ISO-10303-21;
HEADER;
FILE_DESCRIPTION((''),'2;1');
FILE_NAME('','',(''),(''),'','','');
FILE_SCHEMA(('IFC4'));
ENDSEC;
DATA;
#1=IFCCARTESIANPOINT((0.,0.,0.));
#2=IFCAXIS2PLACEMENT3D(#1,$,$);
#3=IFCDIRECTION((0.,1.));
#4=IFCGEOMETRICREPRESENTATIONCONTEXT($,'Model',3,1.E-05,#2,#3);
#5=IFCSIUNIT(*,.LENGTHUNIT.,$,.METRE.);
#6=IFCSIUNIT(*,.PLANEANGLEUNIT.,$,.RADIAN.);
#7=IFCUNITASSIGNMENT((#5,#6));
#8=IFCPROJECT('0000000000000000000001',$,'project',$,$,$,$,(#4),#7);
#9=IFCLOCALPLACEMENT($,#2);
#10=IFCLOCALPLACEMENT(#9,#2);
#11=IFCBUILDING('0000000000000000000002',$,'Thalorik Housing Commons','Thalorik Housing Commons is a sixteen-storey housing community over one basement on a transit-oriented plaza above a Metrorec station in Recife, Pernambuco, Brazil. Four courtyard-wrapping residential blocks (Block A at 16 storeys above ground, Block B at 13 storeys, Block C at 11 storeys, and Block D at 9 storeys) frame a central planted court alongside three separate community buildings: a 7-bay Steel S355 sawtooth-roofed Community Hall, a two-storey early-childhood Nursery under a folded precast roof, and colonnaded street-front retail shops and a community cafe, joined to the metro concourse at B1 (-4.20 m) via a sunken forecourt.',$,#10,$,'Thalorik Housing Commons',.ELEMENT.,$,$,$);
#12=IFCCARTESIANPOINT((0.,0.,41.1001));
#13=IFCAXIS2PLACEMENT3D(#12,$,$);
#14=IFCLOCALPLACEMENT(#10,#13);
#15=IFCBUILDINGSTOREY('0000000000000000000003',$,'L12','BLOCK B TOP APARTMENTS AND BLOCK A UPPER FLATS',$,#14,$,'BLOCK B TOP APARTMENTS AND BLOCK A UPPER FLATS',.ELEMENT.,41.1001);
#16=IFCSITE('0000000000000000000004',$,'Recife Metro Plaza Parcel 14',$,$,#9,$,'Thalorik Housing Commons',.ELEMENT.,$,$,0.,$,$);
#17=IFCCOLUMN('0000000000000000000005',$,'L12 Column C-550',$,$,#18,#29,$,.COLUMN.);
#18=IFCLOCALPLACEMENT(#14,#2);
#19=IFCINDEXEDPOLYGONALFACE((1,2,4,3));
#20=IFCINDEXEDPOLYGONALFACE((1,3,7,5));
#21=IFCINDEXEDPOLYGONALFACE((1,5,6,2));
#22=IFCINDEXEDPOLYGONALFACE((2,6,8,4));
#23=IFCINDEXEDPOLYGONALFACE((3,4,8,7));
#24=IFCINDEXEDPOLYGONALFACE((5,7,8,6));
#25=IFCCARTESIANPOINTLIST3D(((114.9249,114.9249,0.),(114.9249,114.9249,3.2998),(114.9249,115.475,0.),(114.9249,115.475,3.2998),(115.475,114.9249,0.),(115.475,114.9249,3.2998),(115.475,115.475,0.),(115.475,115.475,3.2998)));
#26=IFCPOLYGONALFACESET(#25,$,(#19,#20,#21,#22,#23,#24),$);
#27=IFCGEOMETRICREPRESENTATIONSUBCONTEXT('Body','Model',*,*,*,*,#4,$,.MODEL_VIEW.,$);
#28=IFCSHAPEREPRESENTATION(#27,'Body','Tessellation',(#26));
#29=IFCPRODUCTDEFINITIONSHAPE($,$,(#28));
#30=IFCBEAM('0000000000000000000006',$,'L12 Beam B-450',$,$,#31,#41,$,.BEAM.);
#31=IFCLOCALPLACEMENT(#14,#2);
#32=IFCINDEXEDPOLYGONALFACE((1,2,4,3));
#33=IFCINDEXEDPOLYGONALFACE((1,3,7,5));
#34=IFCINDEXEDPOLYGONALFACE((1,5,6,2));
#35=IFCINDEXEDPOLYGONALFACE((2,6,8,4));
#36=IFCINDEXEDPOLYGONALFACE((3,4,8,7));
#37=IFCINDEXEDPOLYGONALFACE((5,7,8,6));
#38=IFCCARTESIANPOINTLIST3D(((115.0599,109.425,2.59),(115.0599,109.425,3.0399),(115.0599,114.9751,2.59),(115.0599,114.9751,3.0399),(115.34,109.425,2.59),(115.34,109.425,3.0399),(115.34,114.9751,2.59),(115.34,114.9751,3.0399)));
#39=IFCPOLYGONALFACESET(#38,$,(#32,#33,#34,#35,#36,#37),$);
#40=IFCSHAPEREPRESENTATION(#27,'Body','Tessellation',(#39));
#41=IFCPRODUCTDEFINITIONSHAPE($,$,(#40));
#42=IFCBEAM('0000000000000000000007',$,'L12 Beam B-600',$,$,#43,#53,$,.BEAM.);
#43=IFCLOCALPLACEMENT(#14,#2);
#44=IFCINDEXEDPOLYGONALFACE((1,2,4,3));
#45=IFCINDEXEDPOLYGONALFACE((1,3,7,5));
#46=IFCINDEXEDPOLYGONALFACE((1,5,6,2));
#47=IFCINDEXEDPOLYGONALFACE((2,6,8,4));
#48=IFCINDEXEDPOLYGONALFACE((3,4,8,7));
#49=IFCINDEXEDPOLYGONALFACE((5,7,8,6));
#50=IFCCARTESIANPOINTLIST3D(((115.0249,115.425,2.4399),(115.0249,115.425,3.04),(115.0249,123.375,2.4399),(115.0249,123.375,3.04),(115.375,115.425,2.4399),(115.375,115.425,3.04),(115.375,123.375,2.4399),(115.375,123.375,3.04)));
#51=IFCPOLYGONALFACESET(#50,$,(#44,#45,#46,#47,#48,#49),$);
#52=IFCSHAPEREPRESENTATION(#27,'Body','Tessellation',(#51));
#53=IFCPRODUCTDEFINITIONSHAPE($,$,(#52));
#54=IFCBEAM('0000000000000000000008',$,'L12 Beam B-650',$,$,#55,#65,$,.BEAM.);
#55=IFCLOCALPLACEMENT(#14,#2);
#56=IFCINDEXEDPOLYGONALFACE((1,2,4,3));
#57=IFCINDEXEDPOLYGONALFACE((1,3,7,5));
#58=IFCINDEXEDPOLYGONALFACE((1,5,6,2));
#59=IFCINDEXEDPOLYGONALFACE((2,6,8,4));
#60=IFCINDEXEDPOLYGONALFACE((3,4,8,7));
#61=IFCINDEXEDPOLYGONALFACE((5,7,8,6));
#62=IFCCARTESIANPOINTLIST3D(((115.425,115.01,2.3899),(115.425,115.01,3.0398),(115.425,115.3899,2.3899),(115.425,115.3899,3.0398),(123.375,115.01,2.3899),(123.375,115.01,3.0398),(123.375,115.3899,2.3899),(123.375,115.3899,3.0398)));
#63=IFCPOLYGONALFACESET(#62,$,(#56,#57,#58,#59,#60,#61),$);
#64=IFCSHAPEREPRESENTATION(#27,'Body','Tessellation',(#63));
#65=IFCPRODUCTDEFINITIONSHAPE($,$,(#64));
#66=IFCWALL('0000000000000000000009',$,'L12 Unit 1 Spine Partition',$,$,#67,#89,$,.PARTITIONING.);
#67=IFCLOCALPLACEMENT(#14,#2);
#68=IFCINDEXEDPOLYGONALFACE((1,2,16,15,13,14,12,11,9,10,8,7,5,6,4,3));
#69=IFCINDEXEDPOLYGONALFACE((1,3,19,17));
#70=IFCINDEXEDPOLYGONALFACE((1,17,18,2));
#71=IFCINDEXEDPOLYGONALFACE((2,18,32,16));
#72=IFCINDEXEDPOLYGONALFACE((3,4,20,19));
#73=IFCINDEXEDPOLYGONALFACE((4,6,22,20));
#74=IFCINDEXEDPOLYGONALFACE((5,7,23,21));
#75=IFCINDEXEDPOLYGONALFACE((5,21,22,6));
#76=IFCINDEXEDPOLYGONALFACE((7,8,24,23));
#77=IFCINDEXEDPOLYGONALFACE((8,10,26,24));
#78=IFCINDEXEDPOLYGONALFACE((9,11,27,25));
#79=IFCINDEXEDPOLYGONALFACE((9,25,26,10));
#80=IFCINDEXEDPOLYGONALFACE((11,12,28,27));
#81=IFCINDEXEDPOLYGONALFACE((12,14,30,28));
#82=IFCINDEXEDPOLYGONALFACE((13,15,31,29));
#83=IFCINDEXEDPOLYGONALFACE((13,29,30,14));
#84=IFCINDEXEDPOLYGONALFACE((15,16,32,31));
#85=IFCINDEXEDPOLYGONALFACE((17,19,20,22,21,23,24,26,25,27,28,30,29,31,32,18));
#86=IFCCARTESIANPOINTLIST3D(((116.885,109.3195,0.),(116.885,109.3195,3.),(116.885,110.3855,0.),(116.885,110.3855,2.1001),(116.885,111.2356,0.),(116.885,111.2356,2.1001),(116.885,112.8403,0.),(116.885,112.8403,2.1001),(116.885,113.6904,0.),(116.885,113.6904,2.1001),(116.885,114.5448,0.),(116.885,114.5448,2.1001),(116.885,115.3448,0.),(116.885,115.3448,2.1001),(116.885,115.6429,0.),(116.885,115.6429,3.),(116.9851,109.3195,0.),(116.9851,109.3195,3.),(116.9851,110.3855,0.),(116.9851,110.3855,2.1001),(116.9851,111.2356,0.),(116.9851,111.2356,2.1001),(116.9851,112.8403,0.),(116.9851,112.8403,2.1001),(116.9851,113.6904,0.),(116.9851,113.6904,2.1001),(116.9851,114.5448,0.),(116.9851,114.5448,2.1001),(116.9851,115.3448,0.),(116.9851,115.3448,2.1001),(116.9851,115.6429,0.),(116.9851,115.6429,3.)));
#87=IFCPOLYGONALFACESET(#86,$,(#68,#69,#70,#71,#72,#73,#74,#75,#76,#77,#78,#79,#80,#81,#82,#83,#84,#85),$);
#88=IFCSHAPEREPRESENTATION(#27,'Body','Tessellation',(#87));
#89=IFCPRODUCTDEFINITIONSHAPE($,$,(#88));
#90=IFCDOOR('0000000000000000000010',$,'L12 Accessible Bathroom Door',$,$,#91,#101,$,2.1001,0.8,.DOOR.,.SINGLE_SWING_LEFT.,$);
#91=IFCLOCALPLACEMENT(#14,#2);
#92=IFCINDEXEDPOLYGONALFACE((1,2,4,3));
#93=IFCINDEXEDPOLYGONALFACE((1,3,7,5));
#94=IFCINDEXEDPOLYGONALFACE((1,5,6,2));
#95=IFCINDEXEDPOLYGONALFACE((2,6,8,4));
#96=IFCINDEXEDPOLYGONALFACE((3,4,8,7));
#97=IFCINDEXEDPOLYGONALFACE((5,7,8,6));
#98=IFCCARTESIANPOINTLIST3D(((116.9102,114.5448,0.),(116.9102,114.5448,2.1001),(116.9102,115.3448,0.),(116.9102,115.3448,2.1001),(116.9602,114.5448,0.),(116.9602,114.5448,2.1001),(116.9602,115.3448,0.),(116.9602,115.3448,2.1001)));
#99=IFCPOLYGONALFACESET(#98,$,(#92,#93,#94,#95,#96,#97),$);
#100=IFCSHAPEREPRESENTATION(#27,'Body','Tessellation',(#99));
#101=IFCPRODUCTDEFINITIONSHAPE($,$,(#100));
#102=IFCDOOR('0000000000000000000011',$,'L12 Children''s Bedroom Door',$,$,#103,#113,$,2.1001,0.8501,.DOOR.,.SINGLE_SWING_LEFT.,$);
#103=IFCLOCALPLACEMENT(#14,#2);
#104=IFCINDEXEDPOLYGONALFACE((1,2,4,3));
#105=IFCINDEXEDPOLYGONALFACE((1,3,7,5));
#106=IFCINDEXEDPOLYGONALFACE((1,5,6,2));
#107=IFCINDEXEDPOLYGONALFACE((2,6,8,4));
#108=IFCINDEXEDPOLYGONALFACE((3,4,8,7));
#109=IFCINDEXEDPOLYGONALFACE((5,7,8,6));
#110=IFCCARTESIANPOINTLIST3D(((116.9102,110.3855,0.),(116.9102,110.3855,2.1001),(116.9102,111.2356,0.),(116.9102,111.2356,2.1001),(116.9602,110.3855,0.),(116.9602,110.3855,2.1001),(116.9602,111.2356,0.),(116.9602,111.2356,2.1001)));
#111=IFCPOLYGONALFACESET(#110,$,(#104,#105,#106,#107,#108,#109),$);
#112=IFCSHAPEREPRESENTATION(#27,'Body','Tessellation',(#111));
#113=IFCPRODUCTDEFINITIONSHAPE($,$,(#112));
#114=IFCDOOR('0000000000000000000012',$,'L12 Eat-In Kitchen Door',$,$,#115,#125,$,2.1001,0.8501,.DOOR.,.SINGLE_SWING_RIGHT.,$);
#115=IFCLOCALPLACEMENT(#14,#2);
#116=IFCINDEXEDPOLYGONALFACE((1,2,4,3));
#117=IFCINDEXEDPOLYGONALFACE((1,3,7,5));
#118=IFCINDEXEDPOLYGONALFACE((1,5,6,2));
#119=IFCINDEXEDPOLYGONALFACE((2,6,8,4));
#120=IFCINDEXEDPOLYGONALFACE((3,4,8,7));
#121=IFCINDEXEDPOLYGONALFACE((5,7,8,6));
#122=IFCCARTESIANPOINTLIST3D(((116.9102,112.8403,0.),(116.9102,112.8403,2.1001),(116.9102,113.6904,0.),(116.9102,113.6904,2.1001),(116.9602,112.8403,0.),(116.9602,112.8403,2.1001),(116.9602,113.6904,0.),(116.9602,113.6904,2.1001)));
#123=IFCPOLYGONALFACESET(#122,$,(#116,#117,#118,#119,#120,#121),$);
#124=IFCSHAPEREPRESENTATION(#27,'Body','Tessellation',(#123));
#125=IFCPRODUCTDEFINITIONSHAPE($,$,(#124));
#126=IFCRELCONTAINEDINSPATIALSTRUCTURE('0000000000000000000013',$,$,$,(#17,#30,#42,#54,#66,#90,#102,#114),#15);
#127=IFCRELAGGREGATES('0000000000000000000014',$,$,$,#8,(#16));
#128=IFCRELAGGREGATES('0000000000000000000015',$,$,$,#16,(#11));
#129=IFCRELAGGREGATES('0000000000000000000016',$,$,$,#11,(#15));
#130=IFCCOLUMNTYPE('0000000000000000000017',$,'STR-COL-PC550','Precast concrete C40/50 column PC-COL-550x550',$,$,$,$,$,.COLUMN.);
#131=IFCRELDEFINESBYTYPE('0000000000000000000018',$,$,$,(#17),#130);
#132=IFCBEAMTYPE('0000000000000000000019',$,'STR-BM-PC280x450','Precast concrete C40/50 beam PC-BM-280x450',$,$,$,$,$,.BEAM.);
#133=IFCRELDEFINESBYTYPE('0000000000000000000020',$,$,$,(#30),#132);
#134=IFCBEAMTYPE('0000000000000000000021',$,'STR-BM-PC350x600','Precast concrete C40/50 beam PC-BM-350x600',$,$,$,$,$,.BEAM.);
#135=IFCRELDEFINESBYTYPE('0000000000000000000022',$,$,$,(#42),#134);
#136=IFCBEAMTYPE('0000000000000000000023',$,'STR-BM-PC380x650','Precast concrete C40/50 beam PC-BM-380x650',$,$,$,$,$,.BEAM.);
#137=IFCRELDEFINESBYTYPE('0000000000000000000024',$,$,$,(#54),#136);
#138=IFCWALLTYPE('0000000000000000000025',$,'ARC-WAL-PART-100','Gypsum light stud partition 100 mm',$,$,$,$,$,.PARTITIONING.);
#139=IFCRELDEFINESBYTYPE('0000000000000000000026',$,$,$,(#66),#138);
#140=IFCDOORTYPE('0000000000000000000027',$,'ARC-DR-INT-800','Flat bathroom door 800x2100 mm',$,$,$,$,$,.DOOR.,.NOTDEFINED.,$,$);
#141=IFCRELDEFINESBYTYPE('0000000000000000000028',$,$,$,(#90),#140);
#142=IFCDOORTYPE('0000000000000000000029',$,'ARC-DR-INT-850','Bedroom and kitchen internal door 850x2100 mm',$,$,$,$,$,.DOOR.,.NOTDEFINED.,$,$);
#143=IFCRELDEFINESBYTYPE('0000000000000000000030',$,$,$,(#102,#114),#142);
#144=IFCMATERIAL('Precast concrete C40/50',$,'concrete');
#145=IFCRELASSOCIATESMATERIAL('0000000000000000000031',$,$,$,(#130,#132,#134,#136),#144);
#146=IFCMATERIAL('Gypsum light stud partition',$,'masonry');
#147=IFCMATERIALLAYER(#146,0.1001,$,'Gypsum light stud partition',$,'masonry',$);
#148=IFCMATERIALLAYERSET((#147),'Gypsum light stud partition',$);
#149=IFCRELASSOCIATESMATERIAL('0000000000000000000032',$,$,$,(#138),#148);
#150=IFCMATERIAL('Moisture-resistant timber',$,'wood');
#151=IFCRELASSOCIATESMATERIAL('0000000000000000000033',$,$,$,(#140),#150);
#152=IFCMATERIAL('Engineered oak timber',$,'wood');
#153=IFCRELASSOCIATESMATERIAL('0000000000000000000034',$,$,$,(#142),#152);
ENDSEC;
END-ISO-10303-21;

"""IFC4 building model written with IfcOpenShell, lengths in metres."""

from ifc_helpers import new_model, si_unit, direction, frame, frame_2d, origin, origin_2d, place, context, subcontext, project, spatial, rectangle, extrude, material, layer, layer_set, material_profile, profile_set, type_object, element, fill, save


model = new_model("IFC4")

# Units and contexts
model_context = context("Model", 3, precision=1e-05, world=origin(), true_north=direction((0.0, 1.0)))
body_context = subcontext(model_context, "Body", "Model", "MODEL_VIEW")
ifc_project = project(units=[si_unit("LENGTHUNIT", "METRE"), si_unit("PLANEANGLEUNIT", "RADIAN")], contexts=[model_context])

# Site, building, storey
site_placement = place(None, origin())
site = spatial("IfcSite", under=ifc_project, at=site_placement, Name="Recife Metro Plaza Parcel 14", LongName="Thalorik Housing Commons", CompositionType="ELEMENT", RefElevation=0.0)
building_placement = place(site_placement, origin())
building = spatial("IfcBuilding", under=site, at=building_placement, Name="Thalorik Housing Commons", Description="Thalorik Housing Commons is a sixteen-storey housing community over one basement on a transit-oriented plaza above a Metrorec station in Recife, Pernambuco, Brazil. Four courtyard-wrapping residential blocks (Block A at 16 storeys above ground, Block B at 13 storeys, Block C at 11 storeys, and Block D at 9 storeys) frame a central planted court alongside three separate community buildings: a 7-bay Steel S355 sawtooth-roofed Community Hall, a two-storey early-childhood Nursery under a folded precast roof, and colonnaded street-front retail shops and a community cafe, joined to the metro concourse at B1 (-4.20 m) via a sunken forecourt.", LongName="Thalorik Housing Commons", CompositionType="ELEMENT")
storey_placement = place(building_placement, frame((0.0, 0.0, 41.1001)))
storey = spatial("IfcBuildingStorey", under=building, at=storey_placement, Name="L12", Description="BLOCK B TOP APARTMENTS AND BLOCK A UPPER FLATS", LongName="BLOCK B TOP APARTMENTS AND BLOCK A UPPER FLATS", CompositionType="ELEMENT", Elevation=41.1001)

# Column
ifc_material_1 = material(Name="Precast concrete C40/50", Category="concrete")
ifc_material_profile_1 = material_profile(ifc_material_1, rectangle(XDim=0.55, YDim=0.55, at=origin_2d()), Name="PC 550x550", Category="concrete")
ifc_profile_set_1 = profile_set([ifc_material_profile_1], Name="Precast concrete C40/50")
column_type = type_object("IfcColumnType", Name="STR-COL-PC550", Description="Precast concrete C40/50 column PC-COL-550x550", PredefinedType="COLUMN", material=ifc_profile_set_1)
column_placement = place(storey_placement, frame((115.2, 115.2, 0.0), z_axis=(0.0, 0.0, 1.0), x_axis=(1.0, 0.0, 0.0)))
element("IfcColumn", 1, at=column_placement, inside=storey, type_object=column_type, Name="L12 Column C-550", PredefinedType="COLUMN", context=body_context, shape_type="SweptSolid", body=[
    extrude(rectangle(XDim=0.55, YDim=0.55, at=origin_2d()), origin(), (0.0, 0.0, 1.0), 3.2998),
])

# Beams
ifc_material_profile_2 = material_profile(ifc_material_1, rectangle(XDim=0.28, YDim=0.45, at=origin_2d()), Name="PC 280x450", Category="concrete")
ifc_profile_set_2 = profile_set([ifc_material_profile_2], Name="Precast concrete C40/50")
beam_type_1 = type_object("IfcBeamType", Name="STR-BM-PC280x450", Description="Precast concrete C40/50 beam PC-BM-280x450", PredefinedType="BEAM", material=ifc_profile_set_2)
beam_1_placement = place(storey_placement, frame((115.2, 109.425, 2.8149), z_axis=(0.0, 1.0, 0.0), x_axis=(-1.0, 0.0, 0.0)))
element("IfcBeam", 2, at=beam_1_placement, inside=storey, type_object=beam_type_1, Name="L12 Beam B-450", PredefinedType="BEAM", context=body_context, shape_type="SweptSolid", body=[
    extrude(rectangle(XDim=0.28, YDim=0.45, at=origin_2d()), origin(), (0.0, 0.0, 1.0), 5.55),
])
ifc_material_profile_3 = material_profile(ifc_material_1, rectangle(XDim=0.3501, YDim=0.6001, at=origin_2d()), Name="PC 350x600", Category="concrete")
ifc_profile_set_3 = profile_set([ifc_material_profile_3], Name="Precast concrete C40/50")
beam_type_2 = type_object("IfcBeamType", Name="STR-BM-PC350x600", Description="Precast concrete C40/50 beam PC-BM-350x600", PredefinedType="BEAM", material=ifc_profile_set_3)
beam_2_placement = place(storey_placement, frame((115.2, 115.425, 2.74), z_axis=(0.0, 1.0, 0.0), x_axis=(-1.0, 0.0, 0.0)))
element("IfcBeam", 3, at=beam_2_placement, inside=storey, type_object=beam_type_2, Name="L12 Beam B-600", PredefinedType="BEAM", context=body_context, shape_type="SweptSolid", body=[
    extrude(rectangle(XDim=0.3501, YDim=0.6001, at=origin_2d()), origin(), (0.0, 0.0, 1.0), 7.95),
])
ifc_material_profile_4 = material_profile(ifc_material_1, rectangle(XDim=0.3799, YDim=0.6499, at=origin_2d()), Name="PC 380x650", Category="concrete")
ifc_profile_set_4 = profile_set([ifc_material_profile_4], Name="Precast concrete C40/50")
beam_type_3 = type_object("IfcBeamType", Name="STR-BM-PC380x650", Description="Precast concrete C40/50 beam PC-BM-380x650", PredefinedType="BEAM", material=ifc_profile_set_4)
beam_3_placement = place(storey_placement, frame((115.425, 115.2, 2.7148), z_axis=(1.0, 0.0, 0.0), x_axis=(0.0, 1.0, 0.0)))
element("IfcBeam", 4, at=beam_3_placement, inside=storey, type_object=beam_type_3, Name="L12 Beam B-650", PredefinedType="BEAM", context=body_context, shape_type="SweptSolid", body=[
    extrude(rectangle(XDim=0.3799, YDim=0.6499, at=origin_2d()), origin(), (0.0, 0.0, 1.0), 7.95),
])

# Wall, openings, doors
ifc_material_2 = material(Name="Gypsum light stud partition", Category="masonry")
ifc_layer_1 = layer(ifc_material_2, 0.1001, Name="Gypsum light stud partition", Category="masonry")
ifc_layer_set_1 = layer_set([ifc_layer_1], Name="Gypsum light stud partition")
wall_type_1 = type_object("IfcWallType", Name="ARC-WAL-PART-100", Description="Gypsum light stud partition 100 mm", PredefinedType="PARTITIONING", material=ifc_layer_set_1)
wall_1_placement = place(storey_placement, frame((116.9351, 109.3196, 0.0), z_axis=(0.0, 0.0, 1.0), x_axis=(0.0, 1.0, 0.0)))
wall_1 = element("IfcWall", 5, at=wall_1_placement, inside=storey, type_object=wall_type_1, Name="L12 Unit 1 Spine Partition", PredefinedType="PARTITIONING", context=body_context, shape_type="SweptSolid", body=[
    extrude(rectangle(XDim=6.3235, YDim=0.1001, at=frame_2d((3.1616, 0.0))), origin(), (0.0, 0.0, 1.0), 3.0),
])
opening_1_placement = place(wall_1_placement, frame((1.0659, 0.0, 0.0)))
opening_1 = element("IfcOpeningElement", 6, at=opening_1_placement, cuts=wall_1, PredefinedType="OPENING", context=body_context, shape_type="SweptSolid", body=[
    extrude(rectangle(XDim=0.8501, YDim=2.1001, at=frame_2d((0.425, 1.05))), frame((0.0, 0.0601, 0.0), z_axis=(0.0, -1.0, 0.0), x_axis=(1.0, 0.0, 0.0)), (0.0, 0.0, 1.0), 0.1201),
])
opening_2_placement = place(wall_1_placement, frame((3.5208, 0.0, 0.0)))
opening_2 = element("IfcOpeningElement", 7, at=opening_2_placement, cuts=wall_1, PredefinedType="OPENING", context=body_context, shape_type="SweptSolid", body=[
    extrude(rectangle(XDim=0.8501, YDim=2.1001, at=frame_2d((0.425, 1.05))), frame((0.0, 0.0601, 0.0), z_axis=(0.0, -1.0, 0.0), x_axis=(1.0, 0.0, 0.0)), (0.0, 0.0, 1.0), 0.1201),
])
opening_3_placement = place(wall_1_placement, frame((5.2253, 0.0, 0.0)))
opening_3 = element("IfcOpeningElement", 8, at=opening_3_placement, cuts=wall_1, PredefinedType="OPENING", context=body_context, shape_type="SweptSolid", body=[
    extrude(rectangle(XDim=0.8, YDim=2.1001, at=frame_2d((0.3999, 1.05))), frame((0.0, 0.0601, 0.0), z_axis=(0.0, -1.0, 0.0), x_axis=(1.0, 0.0, 0.0)), (0.0, 0.0, 1.0), 0.1201),
])
ifc_material_3 = material(Name="Moisture-resistant timber", Category="wood")
door_type_1 = type_object("IfcDoorType", Name="ARC-DR-INT-800", Description="Flat bathroom door 800x2100 mm", OperationType="NOTDEFINED", PredefinedType="DOOR", material=ifc_material_3)
door_1_placement = place(opening_3_placement, origin())
door_1 = element("IfcDoor", 9, at=door_1_placement, inside=storey, type_object=door_type_1, Name="L12 Accessible Bathroom Door", OperationType="SINGLE_SWING_LEFT", OverallHeight=2.1001, OverallWidth=0.8, PredefinedType="DOOR", context=body_context, shape_type="SweptSolid", body=[
    extrude(rectangle(XDim=0.8, YDim=2.1001, at=frame_2d((0.3999, 1.05))), frame((0.0, 0.0249, 0.0), z_axis=(0.0, -1.0, 0.0), x_axis=(1.0, 0.0, 0.0)), (0.0, 0.0, 1.0), 0.05),
])
fill(opening_3, door_1)
ifc_material_4 = material(Name="Engineered oak timber", Category="wood")
door_type_2 = type_object("IfcDoorType", Name="ARC-DR-INT-850", Description="Bedroom and kitchen internal door 850x2100 mm", OperationType="NOTDEFINED", PredefinedType="DOOR", material=ifc_material_4)
door_2_placement = place(opening_1_placement, origin())
door_2 = element("IfcDoor", 10, at=door_2_placement, inside=storey, type_object=door_type_2, Name="L12 Children's Bedroom Door", OperationType="SINGLE_SWING_LEFT", OverallHeight=2.1001, OverallWidth=0.8501, PredefinedType="DOOR", context=body_context, shape_type="SweptSolid", body=[
    extrude(rectangle(XDim=0.8501, YDim=2.1001, at=frame_2d((0.425, 1.05))), frame((0.0, 0.0249, 0.0), z_axis=(0.0, -1.0, 0.0), x_axis=(1.0, 0.0, 0.0)), (0.0, 0.0, 1.0), 0.05),
])
fill(opening_1, door_2)
door_3_placement = place(opening_2_placement, origin())
door_3 = element("IfcDoor", 11, at=door_3_placement, inside=storey, type_object=door_type_2, Name="L12 Eat-In Kitchen Door", OperationType="SINGLE_SWING_RIGHT", OverallHeight=2.1001, OverallWidth=0.8501, PredefinedType="DOOR", context=body_context, shape_type="SweptSolid", body=[
    extrude(rectangle(XDim=0.8501, YDim=2.1001, at=frame_2d((0.425, 1.05))), frame((0.0, 0.0249, 0.0), z_axis=(0.0, -1.0, 0.0), x_axis=(1.0, 0.0, 0.0)), (0.0, 0.0, 1.0), 0.05),
])
fill(opening_2, door_3)

save(model, "model.ifc")
